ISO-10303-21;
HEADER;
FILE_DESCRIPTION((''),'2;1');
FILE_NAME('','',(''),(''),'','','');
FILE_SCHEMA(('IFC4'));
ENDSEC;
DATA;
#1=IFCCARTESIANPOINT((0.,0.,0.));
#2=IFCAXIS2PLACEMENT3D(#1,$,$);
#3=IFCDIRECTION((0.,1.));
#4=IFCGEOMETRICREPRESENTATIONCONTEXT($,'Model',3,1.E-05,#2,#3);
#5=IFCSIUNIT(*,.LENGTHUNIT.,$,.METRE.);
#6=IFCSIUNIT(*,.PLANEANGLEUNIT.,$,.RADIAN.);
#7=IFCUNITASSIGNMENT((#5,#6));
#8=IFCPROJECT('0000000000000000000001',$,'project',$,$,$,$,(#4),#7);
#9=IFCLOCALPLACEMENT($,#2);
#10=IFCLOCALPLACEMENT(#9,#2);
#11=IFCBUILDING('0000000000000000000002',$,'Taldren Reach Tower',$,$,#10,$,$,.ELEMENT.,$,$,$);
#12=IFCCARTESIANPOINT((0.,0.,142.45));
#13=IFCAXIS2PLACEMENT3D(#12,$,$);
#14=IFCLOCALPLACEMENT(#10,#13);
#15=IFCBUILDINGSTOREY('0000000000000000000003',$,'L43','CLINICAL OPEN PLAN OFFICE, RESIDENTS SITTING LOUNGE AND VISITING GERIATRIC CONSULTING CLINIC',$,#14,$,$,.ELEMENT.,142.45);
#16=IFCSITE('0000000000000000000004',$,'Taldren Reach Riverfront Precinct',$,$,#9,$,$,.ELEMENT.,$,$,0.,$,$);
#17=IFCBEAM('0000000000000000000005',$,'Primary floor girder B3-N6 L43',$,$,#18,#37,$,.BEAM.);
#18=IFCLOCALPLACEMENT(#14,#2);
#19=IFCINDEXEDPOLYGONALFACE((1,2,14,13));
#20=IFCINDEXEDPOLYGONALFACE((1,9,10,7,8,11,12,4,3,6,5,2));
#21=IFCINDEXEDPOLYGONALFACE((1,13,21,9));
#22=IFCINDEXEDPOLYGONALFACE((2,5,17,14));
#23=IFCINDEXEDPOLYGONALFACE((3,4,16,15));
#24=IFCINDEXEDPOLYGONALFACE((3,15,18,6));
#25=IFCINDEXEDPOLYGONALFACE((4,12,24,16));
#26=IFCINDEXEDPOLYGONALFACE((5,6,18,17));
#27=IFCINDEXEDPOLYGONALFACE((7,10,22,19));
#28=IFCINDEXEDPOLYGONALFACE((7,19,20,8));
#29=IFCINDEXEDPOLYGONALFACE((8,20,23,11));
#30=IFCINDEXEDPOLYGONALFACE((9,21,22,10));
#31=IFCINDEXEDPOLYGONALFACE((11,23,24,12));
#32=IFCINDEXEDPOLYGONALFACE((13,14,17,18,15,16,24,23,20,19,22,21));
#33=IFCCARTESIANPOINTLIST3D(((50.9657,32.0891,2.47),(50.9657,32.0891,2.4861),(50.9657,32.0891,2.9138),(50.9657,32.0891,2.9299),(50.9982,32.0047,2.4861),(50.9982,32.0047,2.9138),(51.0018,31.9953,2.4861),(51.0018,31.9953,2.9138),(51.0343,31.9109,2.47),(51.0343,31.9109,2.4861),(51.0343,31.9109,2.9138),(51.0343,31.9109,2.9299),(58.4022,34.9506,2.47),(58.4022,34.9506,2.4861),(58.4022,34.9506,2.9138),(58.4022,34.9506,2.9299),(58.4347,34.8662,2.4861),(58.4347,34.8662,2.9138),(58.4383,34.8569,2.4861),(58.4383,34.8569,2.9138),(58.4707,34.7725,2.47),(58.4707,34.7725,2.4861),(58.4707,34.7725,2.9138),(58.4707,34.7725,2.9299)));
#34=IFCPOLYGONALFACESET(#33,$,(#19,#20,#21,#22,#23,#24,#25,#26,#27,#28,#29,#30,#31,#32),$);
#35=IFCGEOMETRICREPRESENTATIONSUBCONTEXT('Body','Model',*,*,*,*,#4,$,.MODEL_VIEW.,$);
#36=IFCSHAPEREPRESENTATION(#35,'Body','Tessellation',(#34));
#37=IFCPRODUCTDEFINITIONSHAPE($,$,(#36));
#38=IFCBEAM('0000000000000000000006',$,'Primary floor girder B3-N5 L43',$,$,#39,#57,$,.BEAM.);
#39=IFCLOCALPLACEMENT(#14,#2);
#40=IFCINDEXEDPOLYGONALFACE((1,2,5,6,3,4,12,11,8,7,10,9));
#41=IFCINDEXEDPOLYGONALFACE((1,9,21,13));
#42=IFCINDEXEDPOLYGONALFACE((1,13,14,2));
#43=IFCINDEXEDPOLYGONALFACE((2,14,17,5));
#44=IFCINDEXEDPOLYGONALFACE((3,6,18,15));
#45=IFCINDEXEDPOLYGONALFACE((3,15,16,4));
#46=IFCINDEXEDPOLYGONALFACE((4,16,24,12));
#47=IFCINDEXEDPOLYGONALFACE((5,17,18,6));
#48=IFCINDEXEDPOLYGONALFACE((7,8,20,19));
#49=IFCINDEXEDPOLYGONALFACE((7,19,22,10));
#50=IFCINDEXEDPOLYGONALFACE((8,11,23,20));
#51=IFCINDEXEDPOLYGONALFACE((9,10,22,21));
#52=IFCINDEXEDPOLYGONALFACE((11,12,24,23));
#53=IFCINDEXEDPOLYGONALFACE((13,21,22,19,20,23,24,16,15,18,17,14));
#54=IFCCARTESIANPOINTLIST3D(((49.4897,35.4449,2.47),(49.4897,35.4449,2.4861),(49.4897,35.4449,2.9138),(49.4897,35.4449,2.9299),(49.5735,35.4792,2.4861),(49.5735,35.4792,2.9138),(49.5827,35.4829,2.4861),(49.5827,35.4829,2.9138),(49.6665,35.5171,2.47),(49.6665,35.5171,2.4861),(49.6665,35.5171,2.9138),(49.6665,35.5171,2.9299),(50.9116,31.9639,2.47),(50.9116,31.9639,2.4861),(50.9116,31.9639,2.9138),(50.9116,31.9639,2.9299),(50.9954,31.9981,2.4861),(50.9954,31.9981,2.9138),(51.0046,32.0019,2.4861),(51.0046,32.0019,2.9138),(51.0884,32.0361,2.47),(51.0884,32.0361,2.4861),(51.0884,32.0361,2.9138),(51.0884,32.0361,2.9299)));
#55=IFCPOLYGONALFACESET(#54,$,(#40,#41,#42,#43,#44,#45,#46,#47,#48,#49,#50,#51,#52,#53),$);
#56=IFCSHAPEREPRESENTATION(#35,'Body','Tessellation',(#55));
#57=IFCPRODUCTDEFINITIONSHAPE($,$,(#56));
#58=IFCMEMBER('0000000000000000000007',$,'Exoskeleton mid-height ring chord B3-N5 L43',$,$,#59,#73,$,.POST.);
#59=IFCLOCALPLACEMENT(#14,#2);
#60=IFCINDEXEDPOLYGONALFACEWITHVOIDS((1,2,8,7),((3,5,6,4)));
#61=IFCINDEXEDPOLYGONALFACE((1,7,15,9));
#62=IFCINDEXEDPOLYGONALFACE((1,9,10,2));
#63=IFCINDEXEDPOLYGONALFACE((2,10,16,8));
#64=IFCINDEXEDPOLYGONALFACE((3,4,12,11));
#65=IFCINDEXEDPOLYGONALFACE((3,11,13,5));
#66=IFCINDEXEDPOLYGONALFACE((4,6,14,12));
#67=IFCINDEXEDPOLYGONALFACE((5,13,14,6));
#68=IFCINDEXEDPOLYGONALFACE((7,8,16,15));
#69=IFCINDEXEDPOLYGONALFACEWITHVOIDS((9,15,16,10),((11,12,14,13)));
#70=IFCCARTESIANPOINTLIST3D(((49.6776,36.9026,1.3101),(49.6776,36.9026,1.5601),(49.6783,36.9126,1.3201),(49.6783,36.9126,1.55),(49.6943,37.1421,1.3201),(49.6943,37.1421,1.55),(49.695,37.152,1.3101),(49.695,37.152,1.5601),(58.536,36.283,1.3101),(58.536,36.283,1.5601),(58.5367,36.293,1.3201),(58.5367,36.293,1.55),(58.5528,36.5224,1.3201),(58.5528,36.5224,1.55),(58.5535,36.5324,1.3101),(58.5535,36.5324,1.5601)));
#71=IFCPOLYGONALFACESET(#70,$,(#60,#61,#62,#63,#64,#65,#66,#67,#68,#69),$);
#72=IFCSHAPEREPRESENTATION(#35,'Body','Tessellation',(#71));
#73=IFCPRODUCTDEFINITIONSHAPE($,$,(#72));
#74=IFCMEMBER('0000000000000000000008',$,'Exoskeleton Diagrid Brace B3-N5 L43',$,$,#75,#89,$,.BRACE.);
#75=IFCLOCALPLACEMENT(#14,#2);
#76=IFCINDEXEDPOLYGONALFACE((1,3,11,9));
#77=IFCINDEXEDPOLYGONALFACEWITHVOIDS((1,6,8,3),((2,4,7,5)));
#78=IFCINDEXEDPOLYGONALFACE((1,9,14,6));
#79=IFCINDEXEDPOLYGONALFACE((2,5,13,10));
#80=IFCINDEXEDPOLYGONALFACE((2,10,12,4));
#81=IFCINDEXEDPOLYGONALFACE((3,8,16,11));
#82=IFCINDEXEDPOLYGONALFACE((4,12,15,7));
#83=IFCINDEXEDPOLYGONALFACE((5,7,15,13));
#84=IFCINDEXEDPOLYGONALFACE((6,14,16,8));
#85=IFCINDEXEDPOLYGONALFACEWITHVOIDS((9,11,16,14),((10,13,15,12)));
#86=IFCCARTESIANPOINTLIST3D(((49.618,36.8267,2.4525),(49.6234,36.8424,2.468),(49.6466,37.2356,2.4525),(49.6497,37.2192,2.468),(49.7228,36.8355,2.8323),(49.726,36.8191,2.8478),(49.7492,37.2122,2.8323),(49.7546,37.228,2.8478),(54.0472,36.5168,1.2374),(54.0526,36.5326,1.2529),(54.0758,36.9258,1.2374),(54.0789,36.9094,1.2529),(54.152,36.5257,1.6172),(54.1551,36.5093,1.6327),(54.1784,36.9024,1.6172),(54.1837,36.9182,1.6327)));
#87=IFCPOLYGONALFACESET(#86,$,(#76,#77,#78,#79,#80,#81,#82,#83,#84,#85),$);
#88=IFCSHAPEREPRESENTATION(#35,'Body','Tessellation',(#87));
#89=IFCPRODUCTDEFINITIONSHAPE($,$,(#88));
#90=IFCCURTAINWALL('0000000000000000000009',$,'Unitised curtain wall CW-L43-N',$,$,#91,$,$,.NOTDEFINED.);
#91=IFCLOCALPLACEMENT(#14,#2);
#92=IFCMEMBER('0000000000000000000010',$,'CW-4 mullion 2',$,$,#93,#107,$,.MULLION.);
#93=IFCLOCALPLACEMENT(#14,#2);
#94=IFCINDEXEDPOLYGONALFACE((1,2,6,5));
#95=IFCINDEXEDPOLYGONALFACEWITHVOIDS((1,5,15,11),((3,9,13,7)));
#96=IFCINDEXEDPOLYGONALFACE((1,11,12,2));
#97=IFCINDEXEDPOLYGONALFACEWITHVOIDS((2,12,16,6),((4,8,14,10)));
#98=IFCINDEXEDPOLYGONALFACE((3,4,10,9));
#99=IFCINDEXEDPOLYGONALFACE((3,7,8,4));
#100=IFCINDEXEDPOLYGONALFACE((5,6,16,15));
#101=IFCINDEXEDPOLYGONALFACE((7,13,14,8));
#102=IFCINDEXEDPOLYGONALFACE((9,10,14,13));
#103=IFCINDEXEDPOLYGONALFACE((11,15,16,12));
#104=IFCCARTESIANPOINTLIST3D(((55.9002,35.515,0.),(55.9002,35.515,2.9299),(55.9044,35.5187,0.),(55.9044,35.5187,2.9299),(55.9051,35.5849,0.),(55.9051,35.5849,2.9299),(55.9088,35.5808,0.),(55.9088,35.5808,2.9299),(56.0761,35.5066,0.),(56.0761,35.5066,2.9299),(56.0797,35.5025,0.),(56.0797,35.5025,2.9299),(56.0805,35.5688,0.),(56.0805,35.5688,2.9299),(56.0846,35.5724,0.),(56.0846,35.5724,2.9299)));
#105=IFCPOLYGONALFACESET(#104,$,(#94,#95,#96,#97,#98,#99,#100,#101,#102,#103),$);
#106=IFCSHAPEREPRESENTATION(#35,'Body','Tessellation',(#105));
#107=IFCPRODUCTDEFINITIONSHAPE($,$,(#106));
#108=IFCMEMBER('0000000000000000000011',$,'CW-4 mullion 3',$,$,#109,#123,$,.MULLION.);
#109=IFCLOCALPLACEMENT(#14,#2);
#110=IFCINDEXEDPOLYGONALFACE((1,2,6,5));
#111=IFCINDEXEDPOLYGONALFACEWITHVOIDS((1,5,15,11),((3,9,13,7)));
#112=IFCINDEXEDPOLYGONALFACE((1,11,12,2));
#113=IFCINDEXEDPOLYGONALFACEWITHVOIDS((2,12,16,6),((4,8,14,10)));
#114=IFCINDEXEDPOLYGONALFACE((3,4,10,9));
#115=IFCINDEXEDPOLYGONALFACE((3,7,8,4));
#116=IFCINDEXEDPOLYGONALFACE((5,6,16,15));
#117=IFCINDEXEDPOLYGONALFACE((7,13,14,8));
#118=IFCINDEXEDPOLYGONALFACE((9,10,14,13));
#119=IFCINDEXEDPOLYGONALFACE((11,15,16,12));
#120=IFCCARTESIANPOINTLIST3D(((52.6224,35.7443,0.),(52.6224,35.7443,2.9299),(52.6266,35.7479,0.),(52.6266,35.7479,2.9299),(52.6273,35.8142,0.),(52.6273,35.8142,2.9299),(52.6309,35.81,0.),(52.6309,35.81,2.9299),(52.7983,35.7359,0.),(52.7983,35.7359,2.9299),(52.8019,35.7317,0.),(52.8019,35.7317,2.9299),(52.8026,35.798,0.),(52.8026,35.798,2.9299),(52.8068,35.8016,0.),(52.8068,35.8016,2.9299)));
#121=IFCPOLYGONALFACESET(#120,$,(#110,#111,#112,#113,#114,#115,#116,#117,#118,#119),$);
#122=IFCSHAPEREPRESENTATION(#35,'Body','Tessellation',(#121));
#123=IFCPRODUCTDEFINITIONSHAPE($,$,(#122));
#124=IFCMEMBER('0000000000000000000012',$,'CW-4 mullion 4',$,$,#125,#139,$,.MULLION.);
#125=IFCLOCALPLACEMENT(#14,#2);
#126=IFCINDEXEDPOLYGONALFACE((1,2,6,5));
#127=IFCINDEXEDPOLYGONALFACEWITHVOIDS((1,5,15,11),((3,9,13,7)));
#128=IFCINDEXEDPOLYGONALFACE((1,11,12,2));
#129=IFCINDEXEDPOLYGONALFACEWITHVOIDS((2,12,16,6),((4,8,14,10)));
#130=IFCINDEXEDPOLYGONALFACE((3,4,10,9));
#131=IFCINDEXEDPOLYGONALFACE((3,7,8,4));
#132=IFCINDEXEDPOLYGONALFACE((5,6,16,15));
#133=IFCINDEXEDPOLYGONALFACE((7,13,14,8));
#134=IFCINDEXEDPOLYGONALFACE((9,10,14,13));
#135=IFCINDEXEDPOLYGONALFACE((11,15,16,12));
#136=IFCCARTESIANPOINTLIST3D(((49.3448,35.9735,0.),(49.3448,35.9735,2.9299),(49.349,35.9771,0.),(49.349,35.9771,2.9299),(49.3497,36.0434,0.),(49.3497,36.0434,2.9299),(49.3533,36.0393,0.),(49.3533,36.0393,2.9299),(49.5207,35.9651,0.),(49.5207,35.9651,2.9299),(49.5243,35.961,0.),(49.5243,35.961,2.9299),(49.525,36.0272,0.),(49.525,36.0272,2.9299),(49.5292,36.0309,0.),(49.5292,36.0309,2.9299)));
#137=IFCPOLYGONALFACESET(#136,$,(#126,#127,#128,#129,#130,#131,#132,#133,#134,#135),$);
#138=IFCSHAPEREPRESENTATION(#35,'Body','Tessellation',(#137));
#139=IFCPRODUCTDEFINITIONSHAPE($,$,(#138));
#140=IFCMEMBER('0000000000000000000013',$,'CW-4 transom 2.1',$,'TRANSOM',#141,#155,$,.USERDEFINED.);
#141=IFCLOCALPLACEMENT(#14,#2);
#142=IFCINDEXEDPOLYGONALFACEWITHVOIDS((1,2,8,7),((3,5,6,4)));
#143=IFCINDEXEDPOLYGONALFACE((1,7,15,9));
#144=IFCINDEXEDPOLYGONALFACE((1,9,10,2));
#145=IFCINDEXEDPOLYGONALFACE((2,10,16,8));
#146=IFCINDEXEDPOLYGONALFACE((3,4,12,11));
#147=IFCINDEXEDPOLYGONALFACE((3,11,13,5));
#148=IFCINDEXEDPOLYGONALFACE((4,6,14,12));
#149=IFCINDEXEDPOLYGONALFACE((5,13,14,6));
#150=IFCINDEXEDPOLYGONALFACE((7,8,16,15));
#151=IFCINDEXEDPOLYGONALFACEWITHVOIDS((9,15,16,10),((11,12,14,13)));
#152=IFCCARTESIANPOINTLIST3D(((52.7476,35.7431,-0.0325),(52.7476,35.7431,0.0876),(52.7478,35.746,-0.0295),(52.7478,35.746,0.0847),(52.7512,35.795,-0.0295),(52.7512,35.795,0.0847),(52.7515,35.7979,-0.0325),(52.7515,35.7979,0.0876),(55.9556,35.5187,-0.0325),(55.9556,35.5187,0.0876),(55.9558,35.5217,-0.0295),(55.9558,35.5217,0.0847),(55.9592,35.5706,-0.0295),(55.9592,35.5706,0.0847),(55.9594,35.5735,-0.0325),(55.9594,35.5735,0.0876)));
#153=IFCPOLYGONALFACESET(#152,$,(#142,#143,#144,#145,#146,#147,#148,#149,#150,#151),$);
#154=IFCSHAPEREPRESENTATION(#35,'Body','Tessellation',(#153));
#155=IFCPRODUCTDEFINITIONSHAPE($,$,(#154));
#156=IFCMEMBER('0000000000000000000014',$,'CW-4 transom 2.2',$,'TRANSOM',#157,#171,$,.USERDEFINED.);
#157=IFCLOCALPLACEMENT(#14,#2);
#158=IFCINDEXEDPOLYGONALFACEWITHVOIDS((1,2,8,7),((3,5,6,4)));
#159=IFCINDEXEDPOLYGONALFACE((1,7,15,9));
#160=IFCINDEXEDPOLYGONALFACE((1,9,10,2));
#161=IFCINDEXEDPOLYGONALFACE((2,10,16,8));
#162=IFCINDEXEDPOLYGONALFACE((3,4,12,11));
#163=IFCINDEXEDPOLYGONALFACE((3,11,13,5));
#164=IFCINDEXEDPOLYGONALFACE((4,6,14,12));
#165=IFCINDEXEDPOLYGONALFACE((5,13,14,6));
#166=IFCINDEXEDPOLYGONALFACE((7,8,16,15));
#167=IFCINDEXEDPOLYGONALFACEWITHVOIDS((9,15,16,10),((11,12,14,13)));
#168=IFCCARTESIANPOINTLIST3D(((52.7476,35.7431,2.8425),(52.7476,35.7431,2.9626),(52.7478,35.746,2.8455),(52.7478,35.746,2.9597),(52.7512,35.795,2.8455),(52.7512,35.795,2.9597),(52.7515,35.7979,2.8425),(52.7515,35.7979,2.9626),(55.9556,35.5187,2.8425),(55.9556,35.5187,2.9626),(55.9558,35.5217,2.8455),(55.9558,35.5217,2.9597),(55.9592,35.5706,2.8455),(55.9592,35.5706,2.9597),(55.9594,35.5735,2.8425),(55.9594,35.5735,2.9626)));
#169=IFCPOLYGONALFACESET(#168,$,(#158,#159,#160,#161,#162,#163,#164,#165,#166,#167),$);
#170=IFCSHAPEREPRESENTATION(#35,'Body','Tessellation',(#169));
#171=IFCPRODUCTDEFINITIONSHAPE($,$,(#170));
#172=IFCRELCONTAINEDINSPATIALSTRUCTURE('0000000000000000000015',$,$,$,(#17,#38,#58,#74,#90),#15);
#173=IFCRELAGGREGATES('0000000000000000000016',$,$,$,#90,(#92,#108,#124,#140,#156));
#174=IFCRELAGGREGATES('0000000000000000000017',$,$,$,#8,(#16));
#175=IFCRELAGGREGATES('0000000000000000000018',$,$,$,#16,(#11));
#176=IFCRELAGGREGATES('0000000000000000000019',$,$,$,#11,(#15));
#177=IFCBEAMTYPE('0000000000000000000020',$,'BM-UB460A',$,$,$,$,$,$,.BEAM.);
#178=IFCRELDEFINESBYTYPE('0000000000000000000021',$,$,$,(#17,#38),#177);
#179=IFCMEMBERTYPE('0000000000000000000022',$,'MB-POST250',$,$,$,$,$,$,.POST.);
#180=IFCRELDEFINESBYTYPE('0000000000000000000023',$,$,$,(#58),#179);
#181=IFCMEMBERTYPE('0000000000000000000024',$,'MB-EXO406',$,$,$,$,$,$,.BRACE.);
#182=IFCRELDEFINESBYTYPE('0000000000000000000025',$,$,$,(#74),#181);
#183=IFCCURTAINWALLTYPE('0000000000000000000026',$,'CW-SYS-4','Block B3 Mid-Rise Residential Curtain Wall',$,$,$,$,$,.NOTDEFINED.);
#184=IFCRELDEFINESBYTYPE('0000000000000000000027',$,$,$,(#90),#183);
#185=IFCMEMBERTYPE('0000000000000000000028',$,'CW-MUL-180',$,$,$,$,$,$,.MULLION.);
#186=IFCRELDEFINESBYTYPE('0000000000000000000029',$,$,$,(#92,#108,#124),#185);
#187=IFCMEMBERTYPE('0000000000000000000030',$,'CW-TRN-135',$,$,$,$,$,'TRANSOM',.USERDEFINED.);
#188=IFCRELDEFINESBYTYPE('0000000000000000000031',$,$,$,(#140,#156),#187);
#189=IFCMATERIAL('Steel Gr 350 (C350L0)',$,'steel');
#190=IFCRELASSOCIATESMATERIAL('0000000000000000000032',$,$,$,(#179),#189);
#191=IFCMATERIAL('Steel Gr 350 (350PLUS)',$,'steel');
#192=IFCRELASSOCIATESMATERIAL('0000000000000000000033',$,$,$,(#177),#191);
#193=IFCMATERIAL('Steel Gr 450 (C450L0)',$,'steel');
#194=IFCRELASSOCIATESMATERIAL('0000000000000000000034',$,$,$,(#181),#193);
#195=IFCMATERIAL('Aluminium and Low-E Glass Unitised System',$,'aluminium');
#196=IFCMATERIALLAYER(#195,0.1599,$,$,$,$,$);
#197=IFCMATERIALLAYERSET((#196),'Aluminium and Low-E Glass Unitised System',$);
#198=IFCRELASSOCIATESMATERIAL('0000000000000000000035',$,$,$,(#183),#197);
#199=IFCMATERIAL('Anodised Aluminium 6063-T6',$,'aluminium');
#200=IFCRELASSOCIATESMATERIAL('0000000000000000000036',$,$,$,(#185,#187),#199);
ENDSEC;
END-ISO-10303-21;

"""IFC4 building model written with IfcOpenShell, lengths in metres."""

from ifc_helpers import new_model, si_unit, direction, frame, origin, origin_2d, place, context, subcontext, project, spatial, hollow_rectangle, i_section, extrude, source, transform, mapped, material, layer, layer_set, material_profile, profile_set, type_object, element, aggregate, save


model = new_model("IFC4")

# Units and contexts
model_context = context("Model", 3, precision=1e-05, world=origin(), true_north=direction((0.0, 1.0)))
body_context = subcontext(model_context, "Body", "Model", "MODEL_VIEW")
ifc_project = project(units=[si_unit("LENGTHUNIT", "METRE"), si_unit("PLANEANGLEUNIT", "RADIAN")], contexts=[model_context])

# Site, building, storey
site_placement = place(None, origin())
site = spatial("IfcSite", under=ifc_project, at=site_placement, Name="Taldren Reach Riverfront Precinct", CompositionType="ELEMENT", RefElevation=0.0)
building_placement = place(site_placement, origin())
building = spatial("IfcBuilding", under=site, at=building_placement, Name="Taldren Reach Tower", CompositionType="ELEMENT")
storey_placement = place(building_placement, frame((0.0, 0.0, 142.45)))
storey = spatial("IfcBuildingStorey", under=building, at=storey_placement, Name="L43", Description="CLINICAL OPEN PLAN OFFICE, RESIDENTS SITTING LOUNGE AND VISITING GERIATRIC CONSULTING CLINIC", CompositionType="ELEMENT", Elevation=142.45)

# Shared definitions
ifc_material_1 = material(Name="Steel Gr 450 (C450L0)", Category="steel")
ifc_material_2 = material(Name="Steel Gr 350 (350PLUS)", Category="steel")

# Shared definitions
ifc_material_3 = material(Name="Steel Gr 350 (C350L0)", Category="steel")
ifc_material_profile_1 = material_profile(ifc_material_3, hollow_rectangle(XDim=0.25, YDim=0.25, WallThickness=0.01, at=origin_2d()), Name="250x250x10.0SHS")
ifc_profile_set_1 = profile_set([ifc_material_profile_1], Name="Steel Gr 350 (C350L0)")
member_type_1 = type_object("IfcMemberType", Name="MB-POST250", PredefinedType="POST", material=ifc_profile_set_1)

# Beams
ifc_material_profile_2 = material_profile(ifc_material_2, i_section(OverallWidth=0.1909, OverallDepth=0.46, WebThickness=0.01, FlangeThickness=0.0161, at=origin_2d()), Name="460UB82.1")
ifc_profile_set_2 = profile_set([ifc_material_profile_2], Name="Steel Gr 350 (350PLUS)")
beam_type_1 = type_object("IfcBeamType", Name="BM-UB460A", PredefinedType="BEAM", material=ifc_profile_set_2)
shared_shape_1 = source(origin(), body_context, "Body", "SweptSolid", [
    extrude(i_section(OverallWidth=0.1909, OverallDepth=0.46, WebThickness=0.01, FlangeThickness=0.0161, at=origin_2d()), origin(), (0.0, 0.0, 1.0), 7.968),
])
beam_1_placement = place(storey_placement, frame((51.0, 32.0, 2.7), z_axis=(0.933288, 0.359129, 0.0), x_axis=(-0.359129, 0.933288, 0.0)))
element("IfcBeam", 1, at=beam_1_placement, inside=storey, type_object=beam_type_1, Name="Primary floor girder B3-N6 L43", PredefinedType="BEAM", context=body_context, shape_type="MappedRepresentation", body=[
    mapped(shared_shape_1, transform((0.0, 0.0, 0.0), scale=1.0)),
])
shared_shape_2 = source(origin(), body_context, "Body", "SweptSolid", [
    extrude(i_section(OverallWidth=0.1909, OverallDepth=0.46, WebThickness=0.01, FlangeThickness=0.0161, at=origin_2d()), origin(), (0.0, 0.0, 1.0), 3.7603),
])
beam_2_placement = place(storey_placement, frame((51.0, 32.0, 2.7), z_axis=(-0.378142, 0.925747, 0.0), x_axis=(-0.925747, -0.378142, 0.0)))
element("IfcBeam", 2, at=beam_2_placement, inside=storey, type_object=beam_type_1, Name="Primary floor girder B3-N5 L43", PredefinedType="BEAM", context=body_context, shape_type="MappedRepresentation", body=[
    mapped(shared_shape_2, transform((0.0, 0.0, 0.0), scale=1.0)),
])

# Members
shared_shape_3 = source(origin(), body_context, "Body", "SweptSolid", [
    extrude(hollow_rectangle(XDim=0.25, YDim=0.25, WallThickness=0.01, at=origin_2d()), origin(), (0.0, 0.0, 1.0), 8.8801),
])
member_1_placement = place(storey_placement, frame((49.6863, 37.0273, 1.4351), z_axis=(0.997563, -0.069778, 0.0), x_axis=(0.069778, 0.997563, 0.0)))
element("IfcMember", 3, at=member_1_placement, inside=storey, type_object=member_type_1, Name="Exoskeleton mid-height ring chord B3-N5 L43", PredefinedType="POST", context=body_context, shape_type="MappedRepresentation", body=[
    mapped(shared_shape_3, transform((0.0, 0.0, 0.0), scale=1.0)),
])
ifc_material_profile_3 = material_profile(ifc_material_1, hollow_rectangle(XDim=0.4099, YDim=0.4099, WallThickness=0.0161, at=origin_2d()), Name="410x410x16.0SHS")
ifc_profile_set_3 = profile_set([ifc_material_profile_3], Name="Steel Gr 450 (C450L0)")
member_type_2 = type_object("IfcMemberType", Name="MB-EXO406", PredefinedType="BRACE", material=ifc_profile_set_3)
shared_shape_4 = source(origin(), body_context, "Body", "SweptSolid", [
    extrude(hollow_rectangle(XDim=0.4099, YDim=0.4099, WallThickness=0.0161, at=origin_2d()), origin(), (0.0, 0.0, 1.0), 4.6033),
])
member_2_placement = place(storey_placement, frame((54.1155, 36.7175, 1.4351), z_axis=(-0.962182, 0.067303, 0.263961), x_axis=(-0.069778, -0.997563, 0.0)))
element("IfcMember", 4, at=member_2_placement, inside=storey, type_object=member_type_2, Name="Exoskeleton Diagrid Brace B3-N5 L43", PredefinedType="BRACE", context=body_context, shape_type="MappedRepresentation", body=[
    mapped(shared_shape_4, transform((0.0, 0.0, 0.0), scale=1.0)),
])

# Curtain wall, members
ifc_material_4 = material(Name="Aluminium and Low-E Glass Unitised System", Category="aluminium")
ifc_layer_1 = layer(ifc_material_4, 0.1599)
ifc_layer_set_1 = layer_set([ifc_layer_1], Name="Aluminium and Low-E Glass Unitised System")
curtain_wall_type = type_object("IfcCurtainWallType", Name="CW-SYS-4", Description="Block B3 Mid-Rise Residential Curtain Wall", PredefinedType="NOTDEFINED", material=ifc_layer_set_1)
curtain_wall_placement = place(storey_placement, origin())
curtain_wall = element("IfcCurtainWall", 5, at=curtain_wall_placement, inside=storey, type_object=curtain_wall_type, Name="Unitised curtain wall CW-L43-N", PredefinedType="NOTDEFINED")
ifc_material_5 = material(Name="Anodised Aluminium 6063-T6", Category="aluminium")
ifc_material_profile_4 = material_profile(ifc_material_5, hollow_rectangle(XDim=0.0701, YDim=0.1799, WallThickness=0.0039, at=origin_2d()), Name="ALU-180x70x4RHS")
ifc_profile_set_4 = profile_set([ifc_material_profile_4], Name="Anodised Aluminium 6063-T6")
member_type_3 = type_object("IfcMemberType", Name="CW-MUL-180", PredefinedType="MULLION", material=ifc_profile_set_4)
shared_shape_5 = source(origin(), body_context, "Body", "SweptSolid", [
    extrude(hollow_rectangle(XDim=0.0701, YDim=0.1799, WallThickness=0.0039, at=origin_2d()), origin(), (0.0, 0.0, 1.0), 2.9299),
])
member_3_placement = place(storey_placement, frame((55.9924, 35.5437, 0.0), z_axis=(0.0, 0.0, 1.0), x_axis=(-0.069757, -0.997564, 0.0)))
member_3 = element("IfcMember", 6, at=member_3_placement, type_object=member_type_3, Name="CW-4 mullion 2", PredefinedType="MULLION", context=body_context, shape_type="MappedRepresentation", body=[
    mapped(shared_shape_5, transform((0.0, 0.0, 0.0), scale=1.0)),
])
member_4_placement = place(storey_placement, frame((52.7146, 35.7729, 0.0), z_axis=(0.0, 0.0, 1.0), x_axis=(-0.069757, -0.997564, 0.0)))
member_4 = element("IfcMember", 7, at=member_4_placement, type_object=member_type_3, Name="CW-4 mullion 3", PredefinedType="MULLION", context=body_context, shape_type="MappedRepresentation", body=[
    mapped(shared_shape_5, transform((0.0, 0.0, 0.0), scale=1.0)),
])
member_5_placement = place(storey_placement, frame((49.437, 36.0022, 0.0), z_axis=(0.0, 0.0, 1.0), x_axis=(-0.069757, -0.997564, 0.0)))
member_5 = element("IfcMember", 8, at=member_5_placement, type_object=member_type_3, Name="CW-4 mullion 4", PredefinedType="MULLION", context=body_context, shape_type="MappedRepresentation", body=[
    mapped(shared_shape_5, transform((0.0, 0.0, 0.0), scale=1.0)),
])
ifc_material_profile_5 = material_profile(ifc_material_5, hollow_rectangle(XDim=0.0549, YDim=0.1201, WallThickness=0.0029, at=origin_2d()), Name="ALU-120x55x3RHS")
ifc_profile_set_5 = profile_set([ifc_material_profile_5], Name="Anodised Aluminium 6063-T6")
member_type_4 = type_object("IfcMemberType", Name="CW-TRN-135", ElementType="TRANSOM", PredefinedType="USERDEFINED", material=ifc_profile_set_5)
shared_shape_6 = source(origin(), body_context, "Body", "SweptSolid", [
    extrude(hollow_rectangle(XDim=0.0549, YDim=0.1201, WallThickness=0.0029, at=origin_2d()), origin(), (0.0, 0.0, 1.0), 3.2158),
])
member_6_placement = place(storey_placement, frame((55.9575, 35.5461, 0.0276), z_axis=(-0.997563, 0.069769, 0.0), x_axis=(-0.069769, -0.997563, 0.0)))
member_6 = element("IfcMember", 9, at=member_6_placement, type_object=member_type_4, Name="CW-4 transom 2.1", ObjectType="TRANSOM", PredefinedType="USERDEFINED", context=body_context, shape_type="MappedRepresentation", body=[
    mapped(shared_shape_6, transform((0.0, 0.0, 0.0), scale=1.0)),
])
member_7_placement = place(storey_placement, frame((55.9575, 35.5461, 2.9026), z_axis=(-0.997563, 0.069769, 0.0), x_axis=(-0.069769, -0.997563, 0.0)))
member_7 = element("IfcMember", 10, at=member_7_placement, type_object=member_type_4, Name="CW-4 transom 2.2", ObjectType="TRANSOM", PredefinedType="USERDEFINED", context=body_context, shape_type="MappedRepresentation", body=[
    mapped(shared_shape_6, transform((0.0, 0.0, 0.0), scale=1.0)),
])

aggregate(curtain_wall, [member_3, member_4, member_5, member_6, member_7])

save(model, "model.ifc")
